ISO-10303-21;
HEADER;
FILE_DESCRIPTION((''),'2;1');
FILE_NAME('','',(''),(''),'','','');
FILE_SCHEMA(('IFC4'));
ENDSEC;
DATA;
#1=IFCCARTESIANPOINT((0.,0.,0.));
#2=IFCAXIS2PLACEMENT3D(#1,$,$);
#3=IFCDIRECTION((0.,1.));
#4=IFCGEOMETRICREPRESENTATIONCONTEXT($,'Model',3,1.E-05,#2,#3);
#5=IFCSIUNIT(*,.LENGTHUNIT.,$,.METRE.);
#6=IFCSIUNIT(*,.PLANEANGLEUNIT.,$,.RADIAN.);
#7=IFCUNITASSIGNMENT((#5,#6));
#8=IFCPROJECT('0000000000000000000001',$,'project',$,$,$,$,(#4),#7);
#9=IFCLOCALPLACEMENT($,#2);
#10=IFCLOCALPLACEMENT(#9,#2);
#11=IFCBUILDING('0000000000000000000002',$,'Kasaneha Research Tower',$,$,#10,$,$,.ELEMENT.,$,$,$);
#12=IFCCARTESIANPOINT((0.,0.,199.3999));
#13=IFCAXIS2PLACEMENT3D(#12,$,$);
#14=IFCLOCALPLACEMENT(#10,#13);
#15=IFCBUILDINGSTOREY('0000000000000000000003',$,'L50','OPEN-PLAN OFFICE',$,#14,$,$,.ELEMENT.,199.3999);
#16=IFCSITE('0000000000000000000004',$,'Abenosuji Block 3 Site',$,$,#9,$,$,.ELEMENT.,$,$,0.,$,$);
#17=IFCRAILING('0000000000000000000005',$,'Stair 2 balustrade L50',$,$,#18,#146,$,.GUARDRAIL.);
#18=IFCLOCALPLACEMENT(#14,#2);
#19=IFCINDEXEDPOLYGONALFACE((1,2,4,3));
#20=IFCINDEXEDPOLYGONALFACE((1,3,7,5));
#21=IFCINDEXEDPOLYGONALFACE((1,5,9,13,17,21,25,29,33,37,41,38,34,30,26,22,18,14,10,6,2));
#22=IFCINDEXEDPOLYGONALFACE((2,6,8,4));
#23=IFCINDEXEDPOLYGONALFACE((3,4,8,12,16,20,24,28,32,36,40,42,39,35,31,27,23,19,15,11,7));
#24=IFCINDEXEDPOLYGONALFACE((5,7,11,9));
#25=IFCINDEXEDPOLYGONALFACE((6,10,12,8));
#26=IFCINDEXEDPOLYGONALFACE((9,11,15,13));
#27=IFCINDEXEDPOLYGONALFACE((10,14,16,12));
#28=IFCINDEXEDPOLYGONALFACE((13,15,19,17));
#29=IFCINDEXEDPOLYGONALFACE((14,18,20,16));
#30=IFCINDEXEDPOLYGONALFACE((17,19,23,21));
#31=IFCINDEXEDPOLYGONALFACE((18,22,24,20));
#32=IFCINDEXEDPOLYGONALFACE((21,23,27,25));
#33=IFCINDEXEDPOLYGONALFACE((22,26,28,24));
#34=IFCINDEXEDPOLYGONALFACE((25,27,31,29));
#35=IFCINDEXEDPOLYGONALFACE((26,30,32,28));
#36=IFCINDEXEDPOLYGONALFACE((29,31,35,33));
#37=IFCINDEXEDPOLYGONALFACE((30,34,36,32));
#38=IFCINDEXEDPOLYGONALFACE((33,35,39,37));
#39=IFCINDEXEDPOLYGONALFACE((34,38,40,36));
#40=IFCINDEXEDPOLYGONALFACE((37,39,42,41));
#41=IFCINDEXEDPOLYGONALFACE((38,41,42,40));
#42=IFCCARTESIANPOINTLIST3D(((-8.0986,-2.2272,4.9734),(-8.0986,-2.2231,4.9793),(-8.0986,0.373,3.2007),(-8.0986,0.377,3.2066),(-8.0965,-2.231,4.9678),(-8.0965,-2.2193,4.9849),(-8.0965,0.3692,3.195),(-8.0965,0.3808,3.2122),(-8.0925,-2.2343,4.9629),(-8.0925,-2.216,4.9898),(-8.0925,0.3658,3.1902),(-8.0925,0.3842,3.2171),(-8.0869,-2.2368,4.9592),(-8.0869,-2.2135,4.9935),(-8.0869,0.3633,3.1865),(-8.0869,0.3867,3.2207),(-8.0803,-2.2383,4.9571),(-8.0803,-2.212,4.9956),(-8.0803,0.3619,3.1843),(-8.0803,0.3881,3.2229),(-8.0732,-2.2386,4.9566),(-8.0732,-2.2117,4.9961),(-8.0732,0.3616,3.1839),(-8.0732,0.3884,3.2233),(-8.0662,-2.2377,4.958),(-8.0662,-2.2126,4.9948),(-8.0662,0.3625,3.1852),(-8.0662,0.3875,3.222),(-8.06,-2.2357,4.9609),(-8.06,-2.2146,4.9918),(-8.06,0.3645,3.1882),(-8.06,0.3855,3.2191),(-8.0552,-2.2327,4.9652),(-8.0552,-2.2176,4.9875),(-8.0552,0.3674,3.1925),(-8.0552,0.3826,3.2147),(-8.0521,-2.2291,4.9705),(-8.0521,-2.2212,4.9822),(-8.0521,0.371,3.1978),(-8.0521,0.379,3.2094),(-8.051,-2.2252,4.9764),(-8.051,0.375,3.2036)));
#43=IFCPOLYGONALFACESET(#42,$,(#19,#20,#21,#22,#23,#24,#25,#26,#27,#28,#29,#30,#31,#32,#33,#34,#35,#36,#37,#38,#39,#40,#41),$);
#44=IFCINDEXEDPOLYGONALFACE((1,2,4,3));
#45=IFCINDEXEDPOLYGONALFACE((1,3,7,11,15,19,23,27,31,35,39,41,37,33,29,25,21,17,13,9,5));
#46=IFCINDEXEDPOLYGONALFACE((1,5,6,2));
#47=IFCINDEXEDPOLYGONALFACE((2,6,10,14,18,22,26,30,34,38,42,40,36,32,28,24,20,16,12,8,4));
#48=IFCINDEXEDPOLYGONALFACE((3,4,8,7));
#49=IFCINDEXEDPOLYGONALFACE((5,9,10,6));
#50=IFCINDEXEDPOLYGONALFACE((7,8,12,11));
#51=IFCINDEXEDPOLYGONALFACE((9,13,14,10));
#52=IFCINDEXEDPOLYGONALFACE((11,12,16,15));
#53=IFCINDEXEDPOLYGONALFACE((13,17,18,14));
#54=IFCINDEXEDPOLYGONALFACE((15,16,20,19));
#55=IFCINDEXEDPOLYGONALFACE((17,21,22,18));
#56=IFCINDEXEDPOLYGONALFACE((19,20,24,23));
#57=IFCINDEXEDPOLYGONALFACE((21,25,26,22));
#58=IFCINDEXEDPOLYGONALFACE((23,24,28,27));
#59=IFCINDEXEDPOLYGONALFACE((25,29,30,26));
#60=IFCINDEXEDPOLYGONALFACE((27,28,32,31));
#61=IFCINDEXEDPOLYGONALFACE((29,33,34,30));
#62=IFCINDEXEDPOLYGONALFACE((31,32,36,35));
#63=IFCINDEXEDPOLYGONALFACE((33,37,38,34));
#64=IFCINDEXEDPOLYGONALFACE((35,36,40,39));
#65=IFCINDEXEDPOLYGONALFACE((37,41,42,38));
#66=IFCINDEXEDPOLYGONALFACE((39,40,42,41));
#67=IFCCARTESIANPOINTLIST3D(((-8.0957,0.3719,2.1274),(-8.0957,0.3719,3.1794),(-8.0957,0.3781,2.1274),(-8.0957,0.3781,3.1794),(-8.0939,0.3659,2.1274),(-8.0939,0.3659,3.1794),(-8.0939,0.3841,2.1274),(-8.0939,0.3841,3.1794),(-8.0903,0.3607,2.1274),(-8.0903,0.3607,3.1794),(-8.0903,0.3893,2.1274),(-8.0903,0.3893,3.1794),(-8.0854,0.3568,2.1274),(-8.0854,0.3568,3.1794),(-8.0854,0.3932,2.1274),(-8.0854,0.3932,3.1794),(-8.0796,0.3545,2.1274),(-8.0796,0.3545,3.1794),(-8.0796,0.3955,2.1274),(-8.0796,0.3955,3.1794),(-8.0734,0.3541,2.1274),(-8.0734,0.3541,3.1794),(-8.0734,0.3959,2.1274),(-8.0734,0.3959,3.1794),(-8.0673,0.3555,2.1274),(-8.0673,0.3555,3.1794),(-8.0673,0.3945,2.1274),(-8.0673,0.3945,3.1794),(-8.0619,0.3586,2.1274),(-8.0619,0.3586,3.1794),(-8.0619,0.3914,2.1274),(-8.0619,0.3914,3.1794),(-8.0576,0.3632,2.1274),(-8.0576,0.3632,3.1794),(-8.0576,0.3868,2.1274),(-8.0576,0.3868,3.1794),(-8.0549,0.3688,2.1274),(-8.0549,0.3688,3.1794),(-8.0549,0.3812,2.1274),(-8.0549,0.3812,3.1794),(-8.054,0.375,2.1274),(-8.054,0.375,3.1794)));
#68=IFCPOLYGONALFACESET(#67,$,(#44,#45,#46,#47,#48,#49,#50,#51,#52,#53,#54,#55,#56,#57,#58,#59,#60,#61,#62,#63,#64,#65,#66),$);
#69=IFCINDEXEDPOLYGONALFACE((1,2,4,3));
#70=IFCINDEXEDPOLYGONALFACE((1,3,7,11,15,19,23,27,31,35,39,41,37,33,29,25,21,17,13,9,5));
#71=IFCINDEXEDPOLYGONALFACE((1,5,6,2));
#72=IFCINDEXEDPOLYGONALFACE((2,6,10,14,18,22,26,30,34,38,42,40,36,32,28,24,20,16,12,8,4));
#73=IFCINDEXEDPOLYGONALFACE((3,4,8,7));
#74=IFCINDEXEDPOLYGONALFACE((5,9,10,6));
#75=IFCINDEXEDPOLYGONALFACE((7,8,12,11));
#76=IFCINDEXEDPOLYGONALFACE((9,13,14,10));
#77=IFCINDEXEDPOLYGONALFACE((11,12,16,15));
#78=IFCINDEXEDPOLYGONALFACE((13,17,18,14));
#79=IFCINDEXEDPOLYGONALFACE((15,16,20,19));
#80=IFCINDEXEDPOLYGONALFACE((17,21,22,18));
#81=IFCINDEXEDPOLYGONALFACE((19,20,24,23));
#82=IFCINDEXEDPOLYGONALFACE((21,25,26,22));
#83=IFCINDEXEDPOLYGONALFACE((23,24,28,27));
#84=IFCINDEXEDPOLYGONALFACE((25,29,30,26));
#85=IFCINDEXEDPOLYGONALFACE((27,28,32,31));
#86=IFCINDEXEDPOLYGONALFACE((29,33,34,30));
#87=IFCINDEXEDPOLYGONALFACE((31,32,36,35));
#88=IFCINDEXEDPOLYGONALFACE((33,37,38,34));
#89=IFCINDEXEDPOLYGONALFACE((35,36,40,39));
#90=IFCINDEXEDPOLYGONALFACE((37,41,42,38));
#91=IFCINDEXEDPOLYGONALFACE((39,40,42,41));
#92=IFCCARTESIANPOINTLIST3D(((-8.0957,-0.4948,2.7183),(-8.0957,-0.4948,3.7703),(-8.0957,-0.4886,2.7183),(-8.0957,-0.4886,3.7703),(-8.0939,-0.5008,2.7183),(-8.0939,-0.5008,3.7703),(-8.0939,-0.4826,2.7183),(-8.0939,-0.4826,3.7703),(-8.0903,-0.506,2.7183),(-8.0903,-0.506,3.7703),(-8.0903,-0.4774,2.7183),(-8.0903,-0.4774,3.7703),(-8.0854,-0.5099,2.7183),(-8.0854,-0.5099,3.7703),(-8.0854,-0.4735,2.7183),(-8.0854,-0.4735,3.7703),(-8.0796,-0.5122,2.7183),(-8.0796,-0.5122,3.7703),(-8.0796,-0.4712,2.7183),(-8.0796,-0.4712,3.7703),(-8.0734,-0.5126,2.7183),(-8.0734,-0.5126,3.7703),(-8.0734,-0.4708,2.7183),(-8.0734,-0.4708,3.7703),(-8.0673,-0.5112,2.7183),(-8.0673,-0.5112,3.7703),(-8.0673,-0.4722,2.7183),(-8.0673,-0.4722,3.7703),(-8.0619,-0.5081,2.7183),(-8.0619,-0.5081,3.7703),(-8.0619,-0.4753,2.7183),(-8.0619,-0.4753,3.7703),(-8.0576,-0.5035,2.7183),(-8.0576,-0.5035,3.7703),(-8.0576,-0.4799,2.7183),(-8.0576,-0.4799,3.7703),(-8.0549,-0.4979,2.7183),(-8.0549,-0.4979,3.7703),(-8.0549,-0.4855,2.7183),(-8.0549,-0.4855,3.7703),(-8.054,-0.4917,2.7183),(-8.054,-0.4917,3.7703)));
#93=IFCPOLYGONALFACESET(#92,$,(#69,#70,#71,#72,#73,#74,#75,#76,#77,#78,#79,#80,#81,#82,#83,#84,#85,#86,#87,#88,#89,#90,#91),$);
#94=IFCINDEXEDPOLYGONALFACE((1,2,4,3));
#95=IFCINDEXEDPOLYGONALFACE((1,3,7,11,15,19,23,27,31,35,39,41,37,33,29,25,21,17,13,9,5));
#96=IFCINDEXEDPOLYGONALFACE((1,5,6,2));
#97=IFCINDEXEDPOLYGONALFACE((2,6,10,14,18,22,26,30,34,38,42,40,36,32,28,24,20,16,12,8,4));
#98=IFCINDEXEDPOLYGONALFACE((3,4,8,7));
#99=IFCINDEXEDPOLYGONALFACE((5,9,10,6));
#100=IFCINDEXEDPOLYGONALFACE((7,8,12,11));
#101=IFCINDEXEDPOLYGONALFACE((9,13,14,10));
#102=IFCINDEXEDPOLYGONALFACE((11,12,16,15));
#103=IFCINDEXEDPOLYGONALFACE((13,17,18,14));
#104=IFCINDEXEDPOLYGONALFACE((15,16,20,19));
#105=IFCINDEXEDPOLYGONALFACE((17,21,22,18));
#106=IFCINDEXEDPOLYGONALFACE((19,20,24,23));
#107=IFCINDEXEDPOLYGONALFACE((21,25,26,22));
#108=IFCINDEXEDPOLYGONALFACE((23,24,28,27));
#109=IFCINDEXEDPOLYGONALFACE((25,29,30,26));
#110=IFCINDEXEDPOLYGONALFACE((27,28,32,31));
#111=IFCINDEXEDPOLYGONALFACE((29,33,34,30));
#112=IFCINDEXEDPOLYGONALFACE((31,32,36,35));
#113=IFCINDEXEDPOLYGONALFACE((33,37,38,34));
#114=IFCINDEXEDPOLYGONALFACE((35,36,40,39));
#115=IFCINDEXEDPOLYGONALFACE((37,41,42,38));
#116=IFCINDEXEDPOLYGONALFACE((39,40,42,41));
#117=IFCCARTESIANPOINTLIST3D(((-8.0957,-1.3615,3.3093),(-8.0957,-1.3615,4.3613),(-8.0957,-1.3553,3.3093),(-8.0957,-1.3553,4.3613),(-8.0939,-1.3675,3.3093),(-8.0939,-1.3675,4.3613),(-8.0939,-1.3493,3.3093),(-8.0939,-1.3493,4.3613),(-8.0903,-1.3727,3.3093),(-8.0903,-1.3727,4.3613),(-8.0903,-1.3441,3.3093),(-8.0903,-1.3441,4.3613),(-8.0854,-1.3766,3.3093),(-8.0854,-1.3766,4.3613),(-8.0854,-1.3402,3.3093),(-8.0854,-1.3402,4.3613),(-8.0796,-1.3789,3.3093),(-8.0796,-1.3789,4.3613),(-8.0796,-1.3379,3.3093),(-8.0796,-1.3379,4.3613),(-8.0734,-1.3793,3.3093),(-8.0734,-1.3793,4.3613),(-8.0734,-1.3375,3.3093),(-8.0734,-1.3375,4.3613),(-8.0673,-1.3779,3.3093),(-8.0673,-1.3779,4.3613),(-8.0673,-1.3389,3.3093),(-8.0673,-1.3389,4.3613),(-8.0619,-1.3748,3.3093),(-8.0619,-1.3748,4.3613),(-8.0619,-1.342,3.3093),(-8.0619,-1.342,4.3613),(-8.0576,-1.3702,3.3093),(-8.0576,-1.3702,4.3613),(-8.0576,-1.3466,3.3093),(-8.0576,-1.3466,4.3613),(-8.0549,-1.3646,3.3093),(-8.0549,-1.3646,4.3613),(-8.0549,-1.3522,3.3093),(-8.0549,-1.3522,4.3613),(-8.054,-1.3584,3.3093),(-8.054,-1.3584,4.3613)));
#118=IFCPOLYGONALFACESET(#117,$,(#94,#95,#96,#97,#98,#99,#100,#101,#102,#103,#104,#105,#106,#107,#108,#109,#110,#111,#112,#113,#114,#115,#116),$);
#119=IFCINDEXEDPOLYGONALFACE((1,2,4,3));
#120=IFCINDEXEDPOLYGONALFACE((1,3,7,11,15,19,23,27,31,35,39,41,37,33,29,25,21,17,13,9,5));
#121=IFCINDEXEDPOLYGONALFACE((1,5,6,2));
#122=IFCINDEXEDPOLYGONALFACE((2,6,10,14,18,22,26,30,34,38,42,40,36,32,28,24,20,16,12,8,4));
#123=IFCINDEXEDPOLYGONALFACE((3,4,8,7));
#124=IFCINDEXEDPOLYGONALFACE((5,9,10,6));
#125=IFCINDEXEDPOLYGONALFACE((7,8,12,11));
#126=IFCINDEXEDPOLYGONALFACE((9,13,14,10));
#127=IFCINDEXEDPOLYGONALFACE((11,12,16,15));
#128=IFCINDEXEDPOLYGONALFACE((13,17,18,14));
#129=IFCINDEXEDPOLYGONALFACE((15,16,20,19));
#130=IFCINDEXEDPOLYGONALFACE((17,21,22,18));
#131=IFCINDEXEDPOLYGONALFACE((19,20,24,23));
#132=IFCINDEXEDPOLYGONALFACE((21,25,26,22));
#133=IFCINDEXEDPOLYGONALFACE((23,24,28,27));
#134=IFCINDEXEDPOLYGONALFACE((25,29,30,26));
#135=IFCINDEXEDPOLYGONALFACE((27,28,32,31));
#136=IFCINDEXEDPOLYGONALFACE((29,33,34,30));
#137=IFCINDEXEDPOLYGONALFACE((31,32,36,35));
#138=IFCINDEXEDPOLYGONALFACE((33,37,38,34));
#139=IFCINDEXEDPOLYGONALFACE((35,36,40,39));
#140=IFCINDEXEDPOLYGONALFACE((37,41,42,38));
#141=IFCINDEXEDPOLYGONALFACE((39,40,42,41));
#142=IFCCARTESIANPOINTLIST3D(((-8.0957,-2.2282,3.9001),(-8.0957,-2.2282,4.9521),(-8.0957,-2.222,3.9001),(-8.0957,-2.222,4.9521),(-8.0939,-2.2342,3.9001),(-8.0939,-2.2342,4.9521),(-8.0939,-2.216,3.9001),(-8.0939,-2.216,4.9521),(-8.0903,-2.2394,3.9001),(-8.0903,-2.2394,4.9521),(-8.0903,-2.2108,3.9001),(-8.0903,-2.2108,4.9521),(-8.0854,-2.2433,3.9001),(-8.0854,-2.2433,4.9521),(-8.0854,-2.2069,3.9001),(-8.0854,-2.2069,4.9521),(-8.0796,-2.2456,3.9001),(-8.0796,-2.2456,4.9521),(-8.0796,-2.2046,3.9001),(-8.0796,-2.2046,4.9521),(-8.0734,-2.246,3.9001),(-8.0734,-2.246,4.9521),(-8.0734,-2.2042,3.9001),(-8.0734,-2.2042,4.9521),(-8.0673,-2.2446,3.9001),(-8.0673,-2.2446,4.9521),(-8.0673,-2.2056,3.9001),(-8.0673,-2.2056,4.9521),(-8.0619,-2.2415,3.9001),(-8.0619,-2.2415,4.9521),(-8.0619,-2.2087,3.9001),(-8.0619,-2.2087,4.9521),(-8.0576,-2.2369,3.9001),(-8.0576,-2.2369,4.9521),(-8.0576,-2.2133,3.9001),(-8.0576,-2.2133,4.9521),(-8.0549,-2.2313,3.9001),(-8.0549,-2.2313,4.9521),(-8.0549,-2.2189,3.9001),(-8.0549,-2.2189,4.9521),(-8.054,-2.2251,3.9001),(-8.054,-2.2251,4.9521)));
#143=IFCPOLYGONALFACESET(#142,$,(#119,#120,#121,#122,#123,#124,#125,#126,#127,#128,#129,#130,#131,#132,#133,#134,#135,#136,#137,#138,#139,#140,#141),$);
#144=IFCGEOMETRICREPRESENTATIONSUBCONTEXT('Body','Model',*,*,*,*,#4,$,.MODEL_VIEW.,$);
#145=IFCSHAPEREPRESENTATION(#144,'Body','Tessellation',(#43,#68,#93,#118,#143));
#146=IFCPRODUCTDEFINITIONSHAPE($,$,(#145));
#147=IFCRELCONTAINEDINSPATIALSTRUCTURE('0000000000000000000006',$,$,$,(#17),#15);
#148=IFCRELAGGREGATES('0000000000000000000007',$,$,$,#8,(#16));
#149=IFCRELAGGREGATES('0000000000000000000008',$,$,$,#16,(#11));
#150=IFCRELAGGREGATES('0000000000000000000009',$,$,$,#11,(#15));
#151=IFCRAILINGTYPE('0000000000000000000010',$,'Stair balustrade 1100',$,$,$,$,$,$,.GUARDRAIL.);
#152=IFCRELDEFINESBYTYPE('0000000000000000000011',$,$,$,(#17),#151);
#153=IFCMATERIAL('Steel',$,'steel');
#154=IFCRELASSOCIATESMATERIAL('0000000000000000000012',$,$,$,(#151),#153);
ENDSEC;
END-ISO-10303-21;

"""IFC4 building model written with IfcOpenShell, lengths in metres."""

from ifc_helpers import new_model, si_unit, direction, frame, origin, origin_2d, place, context, subcontext, project, spatial, circle, extrude, material, type_object, element, save


model = new_model("IFC4")

# Units and contexts
model_context = context("Model", 3, precision=1e-05, world=origin(), true_north=direction((0.0, 1.0)))
body_context = subcontext(model_context, "Body", "Model", "MODEL_VIEW")
ifc_project = project(units=[si_unit("LENGTHUNIT", "METRE"), si_unit("PLANEANGLEUNIT", "RADIAN")], contexts=[model_context])

# Site, building, storey
site_placement = place(None, origin())
site = spatial("IfcSite", under=ifc_project, at=site_placement, Name="Abenosuji Block 3 Site", CompositionType="ELEMENT", RefElevation=0.0)
building_placement = place(site_placement, origin())
building = spatial("IfcBuilding", under=site, at=building_placement, Name="Kasaneha Research Tower", CompositionType="ELEMENT")
storey_placement = place(building_placement, frame((0.0, 0.0, 199.3999)))
storey = spatial("IfcBuildingStorey", under=building, at=storey_placement, Name="L50", Description="OPEN-PLAN OFFICE", CompositionType="ELEMENT", Elevation=199.3999)

# Railing
ifc_material_1 = material(Name="Steel", Category="steel")
railing_type_1 = type_object("IfcRailingType", Name="Stair balustrade 1100", PredefinedType="GUARDRAIL", material=ifc_material_1)
railing_1_placement = place(storey_placement, frame((-8.075, 0.375, 2.1274)))
element("IfcRailing", 1, at=railing_1_placement, inside=storey, type_object=railing_type_1, Name="Stair 2 balustrade L50", PredefinedType="GUARDRAIL", context=body_context, shape_type="SweptSolid", body=[
    extrude(circle(Radius=0.0239, at=origin_2d()), frame((0.0, 0.0, 1.0762), z_axis=(0.0, -0.82624, 0.563318), x_axis=(1.0, 0.0, 0.0)), (0.0, 0.0, 1.0), 3.147),
    extrude(circle(Radius=0.021, at=origin_2d()), origin(), (0.0, 0.0, 1.0), 1.052),
    extrude(circle(Radius=0.021, at=origin_2d()), frame((0.0, -0.8667, 0.5908)), (0.0, 0.0, 1.0), 1.052),
    extrude(circle(Radius=0.021, at=origin_2d()), frame((0.0, -1.7334, 1.1819)), (0.0, 0.0, 1.0), 1.052),
    extrude(circle(Radius=0.021, at=origin_2d()), frame((0.0, -2.6001, 1.7727)), (0.0, 0.0, 1.0), 1.052),
])

save(model, "model.ifc")
